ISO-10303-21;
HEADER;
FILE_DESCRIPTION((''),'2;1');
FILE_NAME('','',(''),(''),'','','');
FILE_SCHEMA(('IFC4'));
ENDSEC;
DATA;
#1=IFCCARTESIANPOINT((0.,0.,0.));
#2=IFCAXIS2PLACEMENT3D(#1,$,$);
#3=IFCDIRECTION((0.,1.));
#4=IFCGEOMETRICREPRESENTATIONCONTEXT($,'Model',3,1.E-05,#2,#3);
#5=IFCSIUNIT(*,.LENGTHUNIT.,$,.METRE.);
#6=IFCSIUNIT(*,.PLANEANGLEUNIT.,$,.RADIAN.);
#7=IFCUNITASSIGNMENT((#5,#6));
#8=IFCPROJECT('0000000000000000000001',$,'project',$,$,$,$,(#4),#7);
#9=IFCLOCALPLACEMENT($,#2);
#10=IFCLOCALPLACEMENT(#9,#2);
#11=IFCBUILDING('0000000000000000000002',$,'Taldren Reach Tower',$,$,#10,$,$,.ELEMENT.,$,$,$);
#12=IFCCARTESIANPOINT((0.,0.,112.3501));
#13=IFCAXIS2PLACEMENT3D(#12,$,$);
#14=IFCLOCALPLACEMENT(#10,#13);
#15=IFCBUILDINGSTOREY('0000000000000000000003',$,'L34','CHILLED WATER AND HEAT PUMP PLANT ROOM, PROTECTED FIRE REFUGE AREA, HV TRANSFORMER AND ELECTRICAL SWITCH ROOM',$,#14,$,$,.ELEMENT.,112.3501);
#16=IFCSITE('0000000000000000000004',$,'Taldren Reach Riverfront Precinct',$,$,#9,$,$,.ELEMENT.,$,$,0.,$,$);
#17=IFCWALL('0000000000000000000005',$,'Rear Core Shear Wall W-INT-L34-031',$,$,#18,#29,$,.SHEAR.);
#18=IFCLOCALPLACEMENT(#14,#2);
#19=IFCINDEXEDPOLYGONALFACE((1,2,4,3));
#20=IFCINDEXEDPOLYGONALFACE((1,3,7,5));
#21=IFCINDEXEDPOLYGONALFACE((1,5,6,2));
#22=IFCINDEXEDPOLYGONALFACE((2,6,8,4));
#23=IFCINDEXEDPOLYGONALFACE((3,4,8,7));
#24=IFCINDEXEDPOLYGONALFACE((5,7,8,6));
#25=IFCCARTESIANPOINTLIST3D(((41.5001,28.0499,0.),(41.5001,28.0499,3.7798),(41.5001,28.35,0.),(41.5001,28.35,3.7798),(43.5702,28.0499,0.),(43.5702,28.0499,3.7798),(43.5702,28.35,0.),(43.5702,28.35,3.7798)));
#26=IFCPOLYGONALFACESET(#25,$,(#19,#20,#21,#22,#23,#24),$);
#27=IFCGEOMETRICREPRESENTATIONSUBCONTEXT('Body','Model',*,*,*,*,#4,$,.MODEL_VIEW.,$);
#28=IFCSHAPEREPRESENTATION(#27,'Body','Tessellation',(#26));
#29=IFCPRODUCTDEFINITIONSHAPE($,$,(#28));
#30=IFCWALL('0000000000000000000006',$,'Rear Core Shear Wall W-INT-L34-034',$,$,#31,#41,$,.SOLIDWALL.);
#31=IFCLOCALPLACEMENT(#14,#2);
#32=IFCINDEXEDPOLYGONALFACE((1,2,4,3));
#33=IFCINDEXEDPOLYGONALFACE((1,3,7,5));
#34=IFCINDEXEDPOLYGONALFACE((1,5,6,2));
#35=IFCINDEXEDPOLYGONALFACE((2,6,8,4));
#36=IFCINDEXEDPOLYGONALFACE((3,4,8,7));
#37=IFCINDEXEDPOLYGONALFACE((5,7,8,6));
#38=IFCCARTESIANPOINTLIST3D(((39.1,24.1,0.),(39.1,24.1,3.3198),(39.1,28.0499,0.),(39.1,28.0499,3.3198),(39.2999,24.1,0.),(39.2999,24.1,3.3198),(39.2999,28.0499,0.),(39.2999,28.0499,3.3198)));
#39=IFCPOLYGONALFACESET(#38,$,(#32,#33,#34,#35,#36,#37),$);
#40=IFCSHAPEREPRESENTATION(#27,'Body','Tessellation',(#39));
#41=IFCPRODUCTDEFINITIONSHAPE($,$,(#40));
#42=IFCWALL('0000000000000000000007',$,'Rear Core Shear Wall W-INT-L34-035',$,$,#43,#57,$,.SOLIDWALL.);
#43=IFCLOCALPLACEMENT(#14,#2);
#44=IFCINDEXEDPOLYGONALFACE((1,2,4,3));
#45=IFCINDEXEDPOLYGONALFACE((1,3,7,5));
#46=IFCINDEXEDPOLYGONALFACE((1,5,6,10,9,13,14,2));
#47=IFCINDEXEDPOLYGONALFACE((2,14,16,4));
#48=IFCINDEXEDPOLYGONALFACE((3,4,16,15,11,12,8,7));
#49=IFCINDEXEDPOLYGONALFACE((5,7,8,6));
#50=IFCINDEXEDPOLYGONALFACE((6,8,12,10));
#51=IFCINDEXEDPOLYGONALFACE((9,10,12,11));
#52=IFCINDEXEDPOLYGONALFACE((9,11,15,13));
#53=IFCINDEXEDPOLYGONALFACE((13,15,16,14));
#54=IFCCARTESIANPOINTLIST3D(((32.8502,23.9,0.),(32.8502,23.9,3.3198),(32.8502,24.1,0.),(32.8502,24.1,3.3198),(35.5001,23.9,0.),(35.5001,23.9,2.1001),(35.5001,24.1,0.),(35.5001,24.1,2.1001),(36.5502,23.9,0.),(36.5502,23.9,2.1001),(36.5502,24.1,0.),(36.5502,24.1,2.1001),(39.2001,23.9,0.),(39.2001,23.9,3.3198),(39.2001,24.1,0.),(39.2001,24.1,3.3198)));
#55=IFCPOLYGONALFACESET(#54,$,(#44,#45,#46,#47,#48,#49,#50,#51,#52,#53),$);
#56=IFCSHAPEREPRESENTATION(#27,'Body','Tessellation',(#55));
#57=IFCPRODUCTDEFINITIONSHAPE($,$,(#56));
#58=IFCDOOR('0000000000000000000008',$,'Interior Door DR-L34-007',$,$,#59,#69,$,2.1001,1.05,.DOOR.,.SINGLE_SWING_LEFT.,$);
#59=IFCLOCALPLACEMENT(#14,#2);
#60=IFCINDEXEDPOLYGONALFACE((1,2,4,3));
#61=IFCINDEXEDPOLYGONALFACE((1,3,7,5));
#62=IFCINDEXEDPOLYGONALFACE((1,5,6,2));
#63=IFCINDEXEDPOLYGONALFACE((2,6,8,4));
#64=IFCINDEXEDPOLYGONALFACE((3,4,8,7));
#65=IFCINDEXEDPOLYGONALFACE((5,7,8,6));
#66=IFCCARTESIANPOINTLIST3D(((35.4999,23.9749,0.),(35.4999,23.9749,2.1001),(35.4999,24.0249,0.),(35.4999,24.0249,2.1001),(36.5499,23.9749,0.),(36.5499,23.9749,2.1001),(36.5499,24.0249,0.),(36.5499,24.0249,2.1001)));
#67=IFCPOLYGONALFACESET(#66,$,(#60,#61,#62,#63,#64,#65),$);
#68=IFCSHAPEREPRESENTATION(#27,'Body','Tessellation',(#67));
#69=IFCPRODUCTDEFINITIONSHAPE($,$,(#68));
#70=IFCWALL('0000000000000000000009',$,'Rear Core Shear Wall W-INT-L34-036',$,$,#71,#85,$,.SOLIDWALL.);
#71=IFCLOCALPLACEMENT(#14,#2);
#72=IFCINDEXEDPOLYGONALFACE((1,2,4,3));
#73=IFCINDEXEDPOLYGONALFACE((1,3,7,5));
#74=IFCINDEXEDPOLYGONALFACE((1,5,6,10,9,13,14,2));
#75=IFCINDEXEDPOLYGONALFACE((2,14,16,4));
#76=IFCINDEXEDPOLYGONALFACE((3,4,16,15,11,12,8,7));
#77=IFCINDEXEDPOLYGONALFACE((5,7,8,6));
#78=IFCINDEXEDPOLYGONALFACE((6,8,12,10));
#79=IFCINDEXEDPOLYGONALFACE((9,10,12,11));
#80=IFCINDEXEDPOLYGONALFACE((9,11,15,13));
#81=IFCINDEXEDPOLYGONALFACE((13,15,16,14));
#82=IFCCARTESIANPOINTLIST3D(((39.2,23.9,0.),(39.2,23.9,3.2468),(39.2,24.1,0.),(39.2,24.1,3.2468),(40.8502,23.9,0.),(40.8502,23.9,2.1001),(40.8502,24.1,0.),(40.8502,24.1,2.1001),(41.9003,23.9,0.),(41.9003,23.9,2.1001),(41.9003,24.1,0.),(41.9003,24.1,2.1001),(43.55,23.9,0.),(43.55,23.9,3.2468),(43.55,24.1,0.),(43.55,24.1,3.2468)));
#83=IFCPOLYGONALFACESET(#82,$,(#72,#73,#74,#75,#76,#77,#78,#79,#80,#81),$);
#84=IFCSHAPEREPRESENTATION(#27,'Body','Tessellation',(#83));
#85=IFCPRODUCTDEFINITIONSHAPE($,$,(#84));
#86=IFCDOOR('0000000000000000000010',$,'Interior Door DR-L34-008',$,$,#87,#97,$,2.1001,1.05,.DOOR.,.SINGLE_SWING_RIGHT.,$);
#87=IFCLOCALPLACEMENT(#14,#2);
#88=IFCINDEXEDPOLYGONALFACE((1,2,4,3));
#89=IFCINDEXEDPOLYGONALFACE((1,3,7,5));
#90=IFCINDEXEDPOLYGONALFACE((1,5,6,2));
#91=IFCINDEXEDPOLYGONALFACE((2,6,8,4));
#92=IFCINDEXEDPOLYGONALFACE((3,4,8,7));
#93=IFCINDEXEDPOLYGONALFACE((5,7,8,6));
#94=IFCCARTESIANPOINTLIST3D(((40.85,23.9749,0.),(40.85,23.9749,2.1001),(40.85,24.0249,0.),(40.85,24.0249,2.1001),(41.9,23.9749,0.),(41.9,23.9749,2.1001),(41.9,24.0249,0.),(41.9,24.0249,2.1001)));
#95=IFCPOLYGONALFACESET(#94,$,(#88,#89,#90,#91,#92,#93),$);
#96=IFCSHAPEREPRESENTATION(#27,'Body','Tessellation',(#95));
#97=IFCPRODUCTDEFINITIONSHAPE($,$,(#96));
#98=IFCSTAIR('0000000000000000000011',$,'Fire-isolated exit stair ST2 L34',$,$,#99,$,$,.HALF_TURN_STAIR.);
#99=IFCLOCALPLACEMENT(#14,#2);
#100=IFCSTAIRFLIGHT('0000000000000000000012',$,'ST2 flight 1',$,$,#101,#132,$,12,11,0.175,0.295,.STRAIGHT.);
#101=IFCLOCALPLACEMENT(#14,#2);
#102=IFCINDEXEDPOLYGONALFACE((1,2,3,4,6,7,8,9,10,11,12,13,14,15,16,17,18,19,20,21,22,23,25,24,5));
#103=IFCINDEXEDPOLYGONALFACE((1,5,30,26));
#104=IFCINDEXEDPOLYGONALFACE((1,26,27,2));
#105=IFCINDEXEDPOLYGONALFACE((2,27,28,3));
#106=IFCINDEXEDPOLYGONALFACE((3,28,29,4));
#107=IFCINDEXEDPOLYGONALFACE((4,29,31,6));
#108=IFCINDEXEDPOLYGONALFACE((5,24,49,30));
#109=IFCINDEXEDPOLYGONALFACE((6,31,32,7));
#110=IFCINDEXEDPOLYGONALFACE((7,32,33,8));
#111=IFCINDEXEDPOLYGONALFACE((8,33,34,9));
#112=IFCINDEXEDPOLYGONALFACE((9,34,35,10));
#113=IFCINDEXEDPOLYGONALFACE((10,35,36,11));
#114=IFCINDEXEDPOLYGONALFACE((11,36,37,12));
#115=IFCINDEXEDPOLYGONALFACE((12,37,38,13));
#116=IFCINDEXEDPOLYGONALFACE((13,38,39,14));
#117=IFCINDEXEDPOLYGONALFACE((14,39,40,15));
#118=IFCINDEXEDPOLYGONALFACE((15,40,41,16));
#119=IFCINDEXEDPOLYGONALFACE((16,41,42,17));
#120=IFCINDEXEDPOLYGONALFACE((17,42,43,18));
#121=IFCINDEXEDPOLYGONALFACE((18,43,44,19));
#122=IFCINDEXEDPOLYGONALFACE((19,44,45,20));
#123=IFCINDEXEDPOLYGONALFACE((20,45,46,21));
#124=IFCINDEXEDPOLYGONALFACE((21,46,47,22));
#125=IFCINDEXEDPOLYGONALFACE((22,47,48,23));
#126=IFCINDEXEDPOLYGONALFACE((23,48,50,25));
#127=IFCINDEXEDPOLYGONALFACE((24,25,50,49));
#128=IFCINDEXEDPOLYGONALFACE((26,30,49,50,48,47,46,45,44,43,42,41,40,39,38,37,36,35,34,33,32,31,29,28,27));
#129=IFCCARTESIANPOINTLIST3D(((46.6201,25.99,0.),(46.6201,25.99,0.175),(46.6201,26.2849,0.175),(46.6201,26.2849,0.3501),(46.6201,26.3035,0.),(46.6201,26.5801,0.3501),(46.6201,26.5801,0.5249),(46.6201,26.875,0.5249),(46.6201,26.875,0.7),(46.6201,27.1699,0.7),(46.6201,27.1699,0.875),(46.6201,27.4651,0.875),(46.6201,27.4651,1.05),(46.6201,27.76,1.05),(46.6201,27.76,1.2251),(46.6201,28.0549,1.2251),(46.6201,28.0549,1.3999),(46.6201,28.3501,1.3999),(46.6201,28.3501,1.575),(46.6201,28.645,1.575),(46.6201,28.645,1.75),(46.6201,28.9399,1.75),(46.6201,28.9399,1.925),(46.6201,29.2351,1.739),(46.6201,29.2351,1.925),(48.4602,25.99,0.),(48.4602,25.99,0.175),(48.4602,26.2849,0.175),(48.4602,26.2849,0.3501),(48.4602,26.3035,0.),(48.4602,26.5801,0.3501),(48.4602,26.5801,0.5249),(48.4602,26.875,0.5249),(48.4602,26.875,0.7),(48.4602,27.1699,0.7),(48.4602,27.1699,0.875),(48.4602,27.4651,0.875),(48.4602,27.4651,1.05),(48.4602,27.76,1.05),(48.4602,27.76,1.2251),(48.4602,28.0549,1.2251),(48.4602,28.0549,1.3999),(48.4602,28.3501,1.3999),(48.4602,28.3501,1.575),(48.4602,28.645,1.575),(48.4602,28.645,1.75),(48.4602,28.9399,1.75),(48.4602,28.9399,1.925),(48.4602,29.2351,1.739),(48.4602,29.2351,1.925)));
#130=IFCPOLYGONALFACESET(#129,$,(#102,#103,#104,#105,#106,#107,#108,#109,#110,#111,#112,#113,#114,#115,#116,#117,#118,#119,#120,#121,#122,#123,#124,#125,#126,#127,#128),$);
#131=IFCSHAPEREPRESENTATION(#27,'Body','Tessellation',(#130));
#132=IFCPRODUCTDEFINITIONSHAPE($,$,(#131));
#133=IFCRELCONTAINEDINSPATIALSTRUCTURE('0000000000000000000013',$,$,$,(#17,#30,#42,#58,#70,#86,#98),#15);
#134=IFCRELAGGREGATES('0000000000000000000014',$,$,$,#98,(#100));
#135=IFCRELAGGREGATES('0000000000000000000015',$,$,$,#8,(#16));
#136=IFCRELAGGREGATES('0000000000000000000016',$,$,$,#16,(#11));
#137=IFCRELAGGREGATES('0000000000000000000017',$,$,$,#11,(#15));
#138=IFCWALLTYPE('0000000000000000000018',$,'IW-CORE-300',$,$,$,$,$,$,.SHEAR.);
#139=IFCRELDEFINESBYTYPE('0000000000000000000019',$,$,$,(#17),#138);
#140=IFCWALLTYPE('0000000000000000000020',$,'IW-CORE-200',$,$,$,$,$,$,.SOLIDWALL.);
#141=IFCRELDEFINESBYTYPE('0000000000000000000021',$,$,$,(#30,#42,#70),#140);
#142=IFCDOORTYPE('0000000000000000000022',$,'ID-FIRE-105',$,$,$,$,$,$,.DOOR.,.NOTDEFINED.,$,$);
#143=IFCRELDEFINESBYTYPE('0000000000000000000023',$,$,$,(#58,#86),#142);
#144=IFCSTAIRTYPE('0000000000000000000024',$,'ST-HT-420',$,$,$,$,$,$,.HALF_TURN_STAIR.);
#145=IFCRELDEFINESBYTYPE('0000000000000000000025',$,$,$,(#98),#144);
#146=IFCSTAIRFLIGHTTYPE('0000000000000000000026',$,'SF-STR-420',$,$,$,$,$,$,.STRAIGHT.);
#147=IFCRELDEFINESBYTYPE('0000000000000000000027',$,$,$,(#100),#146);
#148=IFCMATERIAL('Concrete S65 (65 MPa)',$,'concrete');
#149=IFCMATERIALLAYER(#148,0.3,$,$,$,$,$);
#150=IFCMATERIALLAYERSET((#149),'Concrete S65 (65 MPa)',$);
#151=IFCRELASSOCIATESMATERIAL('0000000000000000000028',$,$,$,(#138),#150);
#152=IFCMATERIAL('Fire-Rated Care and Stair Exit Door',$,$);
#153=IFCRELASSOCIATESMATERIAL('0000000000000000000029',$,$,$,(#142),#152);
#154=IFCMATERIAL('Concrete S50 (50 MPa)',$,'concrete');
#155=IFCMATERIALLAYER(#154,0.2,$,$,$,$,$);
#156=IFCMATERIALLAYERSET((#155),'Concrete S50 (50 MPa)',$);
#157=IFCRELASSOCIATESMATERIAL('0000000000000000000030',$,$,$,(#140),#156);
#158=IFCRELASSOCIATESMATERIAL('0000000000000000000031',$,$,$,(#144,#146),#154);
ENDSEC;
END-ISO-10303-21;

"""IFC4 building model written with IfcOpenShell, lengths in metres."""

from ifc_helpers import new_model, si_unit, direction, frame, frame_2d, origin, place, context, subcontext, project, spatial, polyline, rectangle, outline, extrude, source, transform, mapped, material, layer, layer_set, type_object, element, fill, aggregate, save


model = new_model("IFC4")

# Units and contexts
model_context = context("Model", 3, precision=1e-05, world=origin(), true_north=direction((0.0, 1.0)))
body_context = subcontext(model_context, "Body", "Model", "MODEL_VIEW")
ifc_project = project(units=[si_unit("LENGTHUNIT", "METRE"), si_unit("PLANEANGLEUNIT", "RADIAN")], contexts=[model_context])

# Site, building, storey
site_placement = place(None, origin())
site = spatial("IfcSite", under=ifc_project, at=site_placement, Name="Taldren Reach Riverfront Precinct", CompositionType="ELEMENT", RefElevation=0.0)
building_placement = place(site_placement, origin())
building = spatial("IfcBuilding", under=site, at=building_placement, Name="Taldren Reach Tower", CompositionType="ELEMENT")
storey_placement = place(building_placement, frame((0.0, 0.0, 112.3501)))
storey = spatial("IfcBuildingStorey", under=building, at=storey_placement, Name="L34", Description="CHILLED WATER AND HEAT PUMP PLANT ROOM, PROTECTED FIRE REFUGE AREA, HV TRANSFORMER AND ELECTRICAL SWITCH ROOM", CompositionType="ELEMENT", Elevation=112.3501)

# Shared definitions
ifc_material_1 = material(Name="Concrete S65 (65 MPa)", Category="concrete")
ifc_layer_1 = layer(ifc_material_1, 0.3)
ifc_layer_set_1 = layer_set([ifc_layer_1], Name="Concrete S65 (65 MPa)")
wall_type_1 = type_object("IfcWallType", Name="IW-CORE-300", PredefinedType="SHEAR", material=ifc_layer_set_1)

# Shared definitions
ifc_material_2 = material(Name="Fire-Rated Care and Stair Exit Door")
door_type_1 = type_object("IfcDoorType", Name="ID-FIRE-105", OperationType="NOTDEFINED", PredefinedType="DOOR", material=ifc_material_2)
shared_shape_1 = source(origin(), body_context, "Body", "SweptSolid", [
    extrude(rectangle(XDim=1.05, YDim=2.1001, at=frame_2d((0.5249, 1.05))), frame((0.0, 0.0249, 0.0), z_axis=(0.0, -1.0, 0.0), x_axis=(1.0, 0.0, 0.0)), (0.0, 0.0, 1.0), 0.05),
])

# Shared definitions
ifc_material_3 = material(Name="Concrete S50 (50 MPa)", Category="concrete")
ifc_layer_2 = layer(ifc_material_3, 0.2)
ifc_layer_set_2 = layer_set([ifc_layer_2], Name="Concrete S50 (50 MPa)")
wall_type_2 = type_object("IfcWallType", Name="IW-CORE-200", PredefinedType="SOLIDWALL", material=ifc_layer_set_2)

# Shared definitions
shared_shape_2 = source(origin(), body_context, "Body", "SweptSolid", [
    extrude(rectangle(XDim=1.05, YDim=2.1001, at=frame_2d((0.5249, 1.05))), frame((0.0, 0.1099, 0.0), z_axis=(0.0, -1.0, 0.0), x_axis=(1.0, 0.0, 0.0)), (0.0, 0.0, 1.0), 0.22),
])

# Walls
shared_shape_3 = source(origin(), body_context, "Body", "SweptSolid", [
    extrude(rectangle(XDim=2.0701, YDim=0.3, at=frame_2d((1.0352, 0.0))), origin(), (0.0, 0.0, 1.0), 3.7798),
])
wall_1_placement = place(storey_placement, frame((41.5, 28.2, 0.0), z_axis=(0.0, 0.0, 1.0), x_axis=(1.0, 0.0, 0.0)))
element("IfcWall", 1, at=wall_1_placement, inside=storey, type_object=wall_type_1, Name="Rear Core Shear Wall W-INT-L34-031", PredefinedType="SHEAR", context=body_context, shape_type="MappedRepresentation", body=[
    mapped(shared_shape_3, transform((0.0, 0.0, 0.0), scale=1.0)),
])
shared_shape_4 = source(origin(), body_context, "Body", "SweptSolid", [
    extrude(rectangle(XDim=3.95, YDim=0.2, at=frame_2d((1.9751, 0.0))), origin(), (0.0, 0.0, 1.0), 3.3198),
])
wall_2_placement = place(storey_placement, frame((39.2, 28.05, 0.0), z_axis=(0.0, 0.0, 1.0), x_axis=(0.0, -1.0, 0.0)))
element("IfcWall", 2, at=wall_2_placement, inside=storey, type_object=wall_type_2, Name="Rear Core Shear Wall W-INT-L34-034", PredefinedType="SOLIDWALL", context=body_context, shape_type="MappedRepresentation", body=[
    mapped(shared_shape_4, transform((0.0, 0.0, 0.0), scale=1.0)),
])

# Walls, openings, doors
shared_shape_5 = source(origin(), body_context, "Body", "SweptSolid", [
    extrude(rectangle(XDim=6.3499, YDim=0.2, at=frame_2d((3.1748, 0.0))), origin(), (0.0, 0.0, 1.0), 3.3198),
])
wall_3_placement = place(storey_placement, frame((39.2, 24.0, 0.0), z_axis=(0.0, 0.0, 1.0), x_axis=(-1.0, 0.0, 0.0)))
wall_3 = element("IfcWall", 3, at=wall_3_placement, inside=storey, type_object=wall_type_2, Name="Rear Core Shear Wall W-INT-L34-035", PredefinedType="SOLIDWALL", context=body_context, shape_type="MappedRepresentation", body=[
    mapped(shared_shape_5, transform((0.0, 0.0, 0.0), scale=1.0)),
])
opening_1_placement = place(wall_3_placement, frame((2.6499, 0.0, 0.0)))
opening_1 = element("IfcOpeningElement", 4, at=opening_1_placement, cuts=wall_3, PredefinedType="OPENING", context=body_context, shape_type="MappedRepresentation", body=[
    mapped(shared_shape_2, transform((0.0, 0.0, 0.0), scale=1.0)),
])
door_1_placement = place(opening_1_placement, frame((1.05, 0.0, 0.0), z_axis=(0.0, 0.0, 1.0), x_axis=(-1.0, 0.0, 0.0)))
door_1 = element("IfcDoor", 5, at=door_1_placement, inside=storey, type_object=door_type_1, Name="Interior Door DR-L34-007", OperationType="SINGLE_SWING_LEFT", OverallHeight=2.1001, OverallWidth=1.05, PredefinedType="DOOR", context=body_context, shape_type="MappedRepresentation", body=[
    mapped(shared_shape_1, transform((0.0, 0.0, 0.0), scale=1.0)),
])
fill(opening_1, door_1)
shared_shape_6 = source(origin(), body_context, "Body", "SweptSolid", [
    extrude(rectangle(XDim=4.3501, YDim=0.2, at=frame_2d((2.175, 0.0))), origin(), (0.0, 0.0, 1.0), 3.2468),
])
wall_4_placement = place(storey_placement, frame((43.55, 24.0, 0.0), z_axis=(0.0, 0.0, 1.0), x_axis=(-1.0, 0.0, 0.0)))
wall_4 = element("IfcWall", 6, at=wall_4_placement, inside=storey, type_object=wall_type_2, Name="Rear Core Shear Wall W-INT-L34-036", PredefinedType="SOLIDWALL", context=body_context, shape_type="MappedRepresentation", body=[
    mapped(shared_shape_6, transform((0.0, 0.0, 0.0), scale=1.0)),
])
opening_2_placement = place(wall_4_placement, frame((1.6499, 0.0, 0.0)))
opening_2 = element("IfcOpeningElement", 7, at=opening_2_placement, cuts=wall_4, PredefinedType="OPENING", context=body_context, shape_type="MappedRepresentation", body=[
    mapped(shared_shape_2, transform((0.0, 0.0, 0.0), scale=1.0)),
])
door_2_placement = place(opening_2_placement, frame((1.05, 0.0, 0.0), z_axis=(0.0, 0.0, 1.0), x_axis=(-1.0, 0.0, 0.0)))
door_2 = element("IfcDoor", 8, at=door_2_placement, inside=storey, type_object=door_type_1, Name="Interior Door DR-L34-008", OperationType="SINGLE_SWING_RIGHT", OverallHeight=2.1001, OverallWidth=1.05, PredefinedType="DOOR", context=body_context, shape_type="MappedRepresentation", body=[
    mapped(shared_shape_1, transform((0.0, 0.0, 0.0), scale=1.0)),
])
fill(opening_2, door_2)

# Stair, stair flight
stair_type = type_object("IfcStairType", Name="ST-HT-420", PredefinedType="HALF_TURN_STAIR", material=ifc_material_3)
stair_placement = place(storey_placement, origin())
stair = element("IfcStair", 9, at=stair_placement, inside=storey, type_object=stair_type, Name="Fire-isolated exit stair ST2 L34", PredefinedType="HALF_TURN_STAIR")
stair_flight_type = type_object("IfcStairFlightType", Name="SF-STR-420", PredefinedType="STRAIGHT", material=ifc_material_3)
stair_flight_placement = place(storey_placement, frame((47.54, 25.99, 0.0), z_axis=(0.0, 0.0, 1.0), x_axis=(0.0, 1.0, 0.0)))
stair_flight = element("IfcStairFlight", 10, at=stair_flight_placement, type_object=stair_flight_type, Name="ST2 flight 1", NumberOfRisers=12, NumberOfTreads=11, PredefinedType="STRAIGHT", RiserHeight=0.175, TreadLength=0.295, context=body_context, shape_type="SweptSolid", body=[
    extrude(outline(polyline([(0.0, 0.0), (0.0, 0.175), (0.2949, 0.175), (0.2949, 0.3501), (0.5901, 0.3501), (0.5901, 0.5249), (0.885, 0.5249), (0.885, 0.7), (1.1799, 0.7), (1.1799, 0.875), (1.4751, 0.875), (1.4751, 1.05), (1.77, 1.05), (1.77, 1.2251), (2.0649, 1.2251), (2.0649, 1.3999), (2.3601, 1.3999), (2.3601, 1.575), (2.655, 1.575), (2.655, 1.75), (2.95, 1.75), (2.95, 1.925), (3.2451, 1.925), (3.2451, 2.1001), (3.2451, 1.739), (0.3135, 0.0), (0.0, 0.0)])), frame((0.0, 0.9199, 0.0), z_axis=(0.0, -1.0, 0.0), x_axis=(1.0, 0.0, 0.0)), (0.0, 0.0, 1.0), 1.8401),
])
aggregate(stair, [stair_flight])

save(model, "model.ifc")
